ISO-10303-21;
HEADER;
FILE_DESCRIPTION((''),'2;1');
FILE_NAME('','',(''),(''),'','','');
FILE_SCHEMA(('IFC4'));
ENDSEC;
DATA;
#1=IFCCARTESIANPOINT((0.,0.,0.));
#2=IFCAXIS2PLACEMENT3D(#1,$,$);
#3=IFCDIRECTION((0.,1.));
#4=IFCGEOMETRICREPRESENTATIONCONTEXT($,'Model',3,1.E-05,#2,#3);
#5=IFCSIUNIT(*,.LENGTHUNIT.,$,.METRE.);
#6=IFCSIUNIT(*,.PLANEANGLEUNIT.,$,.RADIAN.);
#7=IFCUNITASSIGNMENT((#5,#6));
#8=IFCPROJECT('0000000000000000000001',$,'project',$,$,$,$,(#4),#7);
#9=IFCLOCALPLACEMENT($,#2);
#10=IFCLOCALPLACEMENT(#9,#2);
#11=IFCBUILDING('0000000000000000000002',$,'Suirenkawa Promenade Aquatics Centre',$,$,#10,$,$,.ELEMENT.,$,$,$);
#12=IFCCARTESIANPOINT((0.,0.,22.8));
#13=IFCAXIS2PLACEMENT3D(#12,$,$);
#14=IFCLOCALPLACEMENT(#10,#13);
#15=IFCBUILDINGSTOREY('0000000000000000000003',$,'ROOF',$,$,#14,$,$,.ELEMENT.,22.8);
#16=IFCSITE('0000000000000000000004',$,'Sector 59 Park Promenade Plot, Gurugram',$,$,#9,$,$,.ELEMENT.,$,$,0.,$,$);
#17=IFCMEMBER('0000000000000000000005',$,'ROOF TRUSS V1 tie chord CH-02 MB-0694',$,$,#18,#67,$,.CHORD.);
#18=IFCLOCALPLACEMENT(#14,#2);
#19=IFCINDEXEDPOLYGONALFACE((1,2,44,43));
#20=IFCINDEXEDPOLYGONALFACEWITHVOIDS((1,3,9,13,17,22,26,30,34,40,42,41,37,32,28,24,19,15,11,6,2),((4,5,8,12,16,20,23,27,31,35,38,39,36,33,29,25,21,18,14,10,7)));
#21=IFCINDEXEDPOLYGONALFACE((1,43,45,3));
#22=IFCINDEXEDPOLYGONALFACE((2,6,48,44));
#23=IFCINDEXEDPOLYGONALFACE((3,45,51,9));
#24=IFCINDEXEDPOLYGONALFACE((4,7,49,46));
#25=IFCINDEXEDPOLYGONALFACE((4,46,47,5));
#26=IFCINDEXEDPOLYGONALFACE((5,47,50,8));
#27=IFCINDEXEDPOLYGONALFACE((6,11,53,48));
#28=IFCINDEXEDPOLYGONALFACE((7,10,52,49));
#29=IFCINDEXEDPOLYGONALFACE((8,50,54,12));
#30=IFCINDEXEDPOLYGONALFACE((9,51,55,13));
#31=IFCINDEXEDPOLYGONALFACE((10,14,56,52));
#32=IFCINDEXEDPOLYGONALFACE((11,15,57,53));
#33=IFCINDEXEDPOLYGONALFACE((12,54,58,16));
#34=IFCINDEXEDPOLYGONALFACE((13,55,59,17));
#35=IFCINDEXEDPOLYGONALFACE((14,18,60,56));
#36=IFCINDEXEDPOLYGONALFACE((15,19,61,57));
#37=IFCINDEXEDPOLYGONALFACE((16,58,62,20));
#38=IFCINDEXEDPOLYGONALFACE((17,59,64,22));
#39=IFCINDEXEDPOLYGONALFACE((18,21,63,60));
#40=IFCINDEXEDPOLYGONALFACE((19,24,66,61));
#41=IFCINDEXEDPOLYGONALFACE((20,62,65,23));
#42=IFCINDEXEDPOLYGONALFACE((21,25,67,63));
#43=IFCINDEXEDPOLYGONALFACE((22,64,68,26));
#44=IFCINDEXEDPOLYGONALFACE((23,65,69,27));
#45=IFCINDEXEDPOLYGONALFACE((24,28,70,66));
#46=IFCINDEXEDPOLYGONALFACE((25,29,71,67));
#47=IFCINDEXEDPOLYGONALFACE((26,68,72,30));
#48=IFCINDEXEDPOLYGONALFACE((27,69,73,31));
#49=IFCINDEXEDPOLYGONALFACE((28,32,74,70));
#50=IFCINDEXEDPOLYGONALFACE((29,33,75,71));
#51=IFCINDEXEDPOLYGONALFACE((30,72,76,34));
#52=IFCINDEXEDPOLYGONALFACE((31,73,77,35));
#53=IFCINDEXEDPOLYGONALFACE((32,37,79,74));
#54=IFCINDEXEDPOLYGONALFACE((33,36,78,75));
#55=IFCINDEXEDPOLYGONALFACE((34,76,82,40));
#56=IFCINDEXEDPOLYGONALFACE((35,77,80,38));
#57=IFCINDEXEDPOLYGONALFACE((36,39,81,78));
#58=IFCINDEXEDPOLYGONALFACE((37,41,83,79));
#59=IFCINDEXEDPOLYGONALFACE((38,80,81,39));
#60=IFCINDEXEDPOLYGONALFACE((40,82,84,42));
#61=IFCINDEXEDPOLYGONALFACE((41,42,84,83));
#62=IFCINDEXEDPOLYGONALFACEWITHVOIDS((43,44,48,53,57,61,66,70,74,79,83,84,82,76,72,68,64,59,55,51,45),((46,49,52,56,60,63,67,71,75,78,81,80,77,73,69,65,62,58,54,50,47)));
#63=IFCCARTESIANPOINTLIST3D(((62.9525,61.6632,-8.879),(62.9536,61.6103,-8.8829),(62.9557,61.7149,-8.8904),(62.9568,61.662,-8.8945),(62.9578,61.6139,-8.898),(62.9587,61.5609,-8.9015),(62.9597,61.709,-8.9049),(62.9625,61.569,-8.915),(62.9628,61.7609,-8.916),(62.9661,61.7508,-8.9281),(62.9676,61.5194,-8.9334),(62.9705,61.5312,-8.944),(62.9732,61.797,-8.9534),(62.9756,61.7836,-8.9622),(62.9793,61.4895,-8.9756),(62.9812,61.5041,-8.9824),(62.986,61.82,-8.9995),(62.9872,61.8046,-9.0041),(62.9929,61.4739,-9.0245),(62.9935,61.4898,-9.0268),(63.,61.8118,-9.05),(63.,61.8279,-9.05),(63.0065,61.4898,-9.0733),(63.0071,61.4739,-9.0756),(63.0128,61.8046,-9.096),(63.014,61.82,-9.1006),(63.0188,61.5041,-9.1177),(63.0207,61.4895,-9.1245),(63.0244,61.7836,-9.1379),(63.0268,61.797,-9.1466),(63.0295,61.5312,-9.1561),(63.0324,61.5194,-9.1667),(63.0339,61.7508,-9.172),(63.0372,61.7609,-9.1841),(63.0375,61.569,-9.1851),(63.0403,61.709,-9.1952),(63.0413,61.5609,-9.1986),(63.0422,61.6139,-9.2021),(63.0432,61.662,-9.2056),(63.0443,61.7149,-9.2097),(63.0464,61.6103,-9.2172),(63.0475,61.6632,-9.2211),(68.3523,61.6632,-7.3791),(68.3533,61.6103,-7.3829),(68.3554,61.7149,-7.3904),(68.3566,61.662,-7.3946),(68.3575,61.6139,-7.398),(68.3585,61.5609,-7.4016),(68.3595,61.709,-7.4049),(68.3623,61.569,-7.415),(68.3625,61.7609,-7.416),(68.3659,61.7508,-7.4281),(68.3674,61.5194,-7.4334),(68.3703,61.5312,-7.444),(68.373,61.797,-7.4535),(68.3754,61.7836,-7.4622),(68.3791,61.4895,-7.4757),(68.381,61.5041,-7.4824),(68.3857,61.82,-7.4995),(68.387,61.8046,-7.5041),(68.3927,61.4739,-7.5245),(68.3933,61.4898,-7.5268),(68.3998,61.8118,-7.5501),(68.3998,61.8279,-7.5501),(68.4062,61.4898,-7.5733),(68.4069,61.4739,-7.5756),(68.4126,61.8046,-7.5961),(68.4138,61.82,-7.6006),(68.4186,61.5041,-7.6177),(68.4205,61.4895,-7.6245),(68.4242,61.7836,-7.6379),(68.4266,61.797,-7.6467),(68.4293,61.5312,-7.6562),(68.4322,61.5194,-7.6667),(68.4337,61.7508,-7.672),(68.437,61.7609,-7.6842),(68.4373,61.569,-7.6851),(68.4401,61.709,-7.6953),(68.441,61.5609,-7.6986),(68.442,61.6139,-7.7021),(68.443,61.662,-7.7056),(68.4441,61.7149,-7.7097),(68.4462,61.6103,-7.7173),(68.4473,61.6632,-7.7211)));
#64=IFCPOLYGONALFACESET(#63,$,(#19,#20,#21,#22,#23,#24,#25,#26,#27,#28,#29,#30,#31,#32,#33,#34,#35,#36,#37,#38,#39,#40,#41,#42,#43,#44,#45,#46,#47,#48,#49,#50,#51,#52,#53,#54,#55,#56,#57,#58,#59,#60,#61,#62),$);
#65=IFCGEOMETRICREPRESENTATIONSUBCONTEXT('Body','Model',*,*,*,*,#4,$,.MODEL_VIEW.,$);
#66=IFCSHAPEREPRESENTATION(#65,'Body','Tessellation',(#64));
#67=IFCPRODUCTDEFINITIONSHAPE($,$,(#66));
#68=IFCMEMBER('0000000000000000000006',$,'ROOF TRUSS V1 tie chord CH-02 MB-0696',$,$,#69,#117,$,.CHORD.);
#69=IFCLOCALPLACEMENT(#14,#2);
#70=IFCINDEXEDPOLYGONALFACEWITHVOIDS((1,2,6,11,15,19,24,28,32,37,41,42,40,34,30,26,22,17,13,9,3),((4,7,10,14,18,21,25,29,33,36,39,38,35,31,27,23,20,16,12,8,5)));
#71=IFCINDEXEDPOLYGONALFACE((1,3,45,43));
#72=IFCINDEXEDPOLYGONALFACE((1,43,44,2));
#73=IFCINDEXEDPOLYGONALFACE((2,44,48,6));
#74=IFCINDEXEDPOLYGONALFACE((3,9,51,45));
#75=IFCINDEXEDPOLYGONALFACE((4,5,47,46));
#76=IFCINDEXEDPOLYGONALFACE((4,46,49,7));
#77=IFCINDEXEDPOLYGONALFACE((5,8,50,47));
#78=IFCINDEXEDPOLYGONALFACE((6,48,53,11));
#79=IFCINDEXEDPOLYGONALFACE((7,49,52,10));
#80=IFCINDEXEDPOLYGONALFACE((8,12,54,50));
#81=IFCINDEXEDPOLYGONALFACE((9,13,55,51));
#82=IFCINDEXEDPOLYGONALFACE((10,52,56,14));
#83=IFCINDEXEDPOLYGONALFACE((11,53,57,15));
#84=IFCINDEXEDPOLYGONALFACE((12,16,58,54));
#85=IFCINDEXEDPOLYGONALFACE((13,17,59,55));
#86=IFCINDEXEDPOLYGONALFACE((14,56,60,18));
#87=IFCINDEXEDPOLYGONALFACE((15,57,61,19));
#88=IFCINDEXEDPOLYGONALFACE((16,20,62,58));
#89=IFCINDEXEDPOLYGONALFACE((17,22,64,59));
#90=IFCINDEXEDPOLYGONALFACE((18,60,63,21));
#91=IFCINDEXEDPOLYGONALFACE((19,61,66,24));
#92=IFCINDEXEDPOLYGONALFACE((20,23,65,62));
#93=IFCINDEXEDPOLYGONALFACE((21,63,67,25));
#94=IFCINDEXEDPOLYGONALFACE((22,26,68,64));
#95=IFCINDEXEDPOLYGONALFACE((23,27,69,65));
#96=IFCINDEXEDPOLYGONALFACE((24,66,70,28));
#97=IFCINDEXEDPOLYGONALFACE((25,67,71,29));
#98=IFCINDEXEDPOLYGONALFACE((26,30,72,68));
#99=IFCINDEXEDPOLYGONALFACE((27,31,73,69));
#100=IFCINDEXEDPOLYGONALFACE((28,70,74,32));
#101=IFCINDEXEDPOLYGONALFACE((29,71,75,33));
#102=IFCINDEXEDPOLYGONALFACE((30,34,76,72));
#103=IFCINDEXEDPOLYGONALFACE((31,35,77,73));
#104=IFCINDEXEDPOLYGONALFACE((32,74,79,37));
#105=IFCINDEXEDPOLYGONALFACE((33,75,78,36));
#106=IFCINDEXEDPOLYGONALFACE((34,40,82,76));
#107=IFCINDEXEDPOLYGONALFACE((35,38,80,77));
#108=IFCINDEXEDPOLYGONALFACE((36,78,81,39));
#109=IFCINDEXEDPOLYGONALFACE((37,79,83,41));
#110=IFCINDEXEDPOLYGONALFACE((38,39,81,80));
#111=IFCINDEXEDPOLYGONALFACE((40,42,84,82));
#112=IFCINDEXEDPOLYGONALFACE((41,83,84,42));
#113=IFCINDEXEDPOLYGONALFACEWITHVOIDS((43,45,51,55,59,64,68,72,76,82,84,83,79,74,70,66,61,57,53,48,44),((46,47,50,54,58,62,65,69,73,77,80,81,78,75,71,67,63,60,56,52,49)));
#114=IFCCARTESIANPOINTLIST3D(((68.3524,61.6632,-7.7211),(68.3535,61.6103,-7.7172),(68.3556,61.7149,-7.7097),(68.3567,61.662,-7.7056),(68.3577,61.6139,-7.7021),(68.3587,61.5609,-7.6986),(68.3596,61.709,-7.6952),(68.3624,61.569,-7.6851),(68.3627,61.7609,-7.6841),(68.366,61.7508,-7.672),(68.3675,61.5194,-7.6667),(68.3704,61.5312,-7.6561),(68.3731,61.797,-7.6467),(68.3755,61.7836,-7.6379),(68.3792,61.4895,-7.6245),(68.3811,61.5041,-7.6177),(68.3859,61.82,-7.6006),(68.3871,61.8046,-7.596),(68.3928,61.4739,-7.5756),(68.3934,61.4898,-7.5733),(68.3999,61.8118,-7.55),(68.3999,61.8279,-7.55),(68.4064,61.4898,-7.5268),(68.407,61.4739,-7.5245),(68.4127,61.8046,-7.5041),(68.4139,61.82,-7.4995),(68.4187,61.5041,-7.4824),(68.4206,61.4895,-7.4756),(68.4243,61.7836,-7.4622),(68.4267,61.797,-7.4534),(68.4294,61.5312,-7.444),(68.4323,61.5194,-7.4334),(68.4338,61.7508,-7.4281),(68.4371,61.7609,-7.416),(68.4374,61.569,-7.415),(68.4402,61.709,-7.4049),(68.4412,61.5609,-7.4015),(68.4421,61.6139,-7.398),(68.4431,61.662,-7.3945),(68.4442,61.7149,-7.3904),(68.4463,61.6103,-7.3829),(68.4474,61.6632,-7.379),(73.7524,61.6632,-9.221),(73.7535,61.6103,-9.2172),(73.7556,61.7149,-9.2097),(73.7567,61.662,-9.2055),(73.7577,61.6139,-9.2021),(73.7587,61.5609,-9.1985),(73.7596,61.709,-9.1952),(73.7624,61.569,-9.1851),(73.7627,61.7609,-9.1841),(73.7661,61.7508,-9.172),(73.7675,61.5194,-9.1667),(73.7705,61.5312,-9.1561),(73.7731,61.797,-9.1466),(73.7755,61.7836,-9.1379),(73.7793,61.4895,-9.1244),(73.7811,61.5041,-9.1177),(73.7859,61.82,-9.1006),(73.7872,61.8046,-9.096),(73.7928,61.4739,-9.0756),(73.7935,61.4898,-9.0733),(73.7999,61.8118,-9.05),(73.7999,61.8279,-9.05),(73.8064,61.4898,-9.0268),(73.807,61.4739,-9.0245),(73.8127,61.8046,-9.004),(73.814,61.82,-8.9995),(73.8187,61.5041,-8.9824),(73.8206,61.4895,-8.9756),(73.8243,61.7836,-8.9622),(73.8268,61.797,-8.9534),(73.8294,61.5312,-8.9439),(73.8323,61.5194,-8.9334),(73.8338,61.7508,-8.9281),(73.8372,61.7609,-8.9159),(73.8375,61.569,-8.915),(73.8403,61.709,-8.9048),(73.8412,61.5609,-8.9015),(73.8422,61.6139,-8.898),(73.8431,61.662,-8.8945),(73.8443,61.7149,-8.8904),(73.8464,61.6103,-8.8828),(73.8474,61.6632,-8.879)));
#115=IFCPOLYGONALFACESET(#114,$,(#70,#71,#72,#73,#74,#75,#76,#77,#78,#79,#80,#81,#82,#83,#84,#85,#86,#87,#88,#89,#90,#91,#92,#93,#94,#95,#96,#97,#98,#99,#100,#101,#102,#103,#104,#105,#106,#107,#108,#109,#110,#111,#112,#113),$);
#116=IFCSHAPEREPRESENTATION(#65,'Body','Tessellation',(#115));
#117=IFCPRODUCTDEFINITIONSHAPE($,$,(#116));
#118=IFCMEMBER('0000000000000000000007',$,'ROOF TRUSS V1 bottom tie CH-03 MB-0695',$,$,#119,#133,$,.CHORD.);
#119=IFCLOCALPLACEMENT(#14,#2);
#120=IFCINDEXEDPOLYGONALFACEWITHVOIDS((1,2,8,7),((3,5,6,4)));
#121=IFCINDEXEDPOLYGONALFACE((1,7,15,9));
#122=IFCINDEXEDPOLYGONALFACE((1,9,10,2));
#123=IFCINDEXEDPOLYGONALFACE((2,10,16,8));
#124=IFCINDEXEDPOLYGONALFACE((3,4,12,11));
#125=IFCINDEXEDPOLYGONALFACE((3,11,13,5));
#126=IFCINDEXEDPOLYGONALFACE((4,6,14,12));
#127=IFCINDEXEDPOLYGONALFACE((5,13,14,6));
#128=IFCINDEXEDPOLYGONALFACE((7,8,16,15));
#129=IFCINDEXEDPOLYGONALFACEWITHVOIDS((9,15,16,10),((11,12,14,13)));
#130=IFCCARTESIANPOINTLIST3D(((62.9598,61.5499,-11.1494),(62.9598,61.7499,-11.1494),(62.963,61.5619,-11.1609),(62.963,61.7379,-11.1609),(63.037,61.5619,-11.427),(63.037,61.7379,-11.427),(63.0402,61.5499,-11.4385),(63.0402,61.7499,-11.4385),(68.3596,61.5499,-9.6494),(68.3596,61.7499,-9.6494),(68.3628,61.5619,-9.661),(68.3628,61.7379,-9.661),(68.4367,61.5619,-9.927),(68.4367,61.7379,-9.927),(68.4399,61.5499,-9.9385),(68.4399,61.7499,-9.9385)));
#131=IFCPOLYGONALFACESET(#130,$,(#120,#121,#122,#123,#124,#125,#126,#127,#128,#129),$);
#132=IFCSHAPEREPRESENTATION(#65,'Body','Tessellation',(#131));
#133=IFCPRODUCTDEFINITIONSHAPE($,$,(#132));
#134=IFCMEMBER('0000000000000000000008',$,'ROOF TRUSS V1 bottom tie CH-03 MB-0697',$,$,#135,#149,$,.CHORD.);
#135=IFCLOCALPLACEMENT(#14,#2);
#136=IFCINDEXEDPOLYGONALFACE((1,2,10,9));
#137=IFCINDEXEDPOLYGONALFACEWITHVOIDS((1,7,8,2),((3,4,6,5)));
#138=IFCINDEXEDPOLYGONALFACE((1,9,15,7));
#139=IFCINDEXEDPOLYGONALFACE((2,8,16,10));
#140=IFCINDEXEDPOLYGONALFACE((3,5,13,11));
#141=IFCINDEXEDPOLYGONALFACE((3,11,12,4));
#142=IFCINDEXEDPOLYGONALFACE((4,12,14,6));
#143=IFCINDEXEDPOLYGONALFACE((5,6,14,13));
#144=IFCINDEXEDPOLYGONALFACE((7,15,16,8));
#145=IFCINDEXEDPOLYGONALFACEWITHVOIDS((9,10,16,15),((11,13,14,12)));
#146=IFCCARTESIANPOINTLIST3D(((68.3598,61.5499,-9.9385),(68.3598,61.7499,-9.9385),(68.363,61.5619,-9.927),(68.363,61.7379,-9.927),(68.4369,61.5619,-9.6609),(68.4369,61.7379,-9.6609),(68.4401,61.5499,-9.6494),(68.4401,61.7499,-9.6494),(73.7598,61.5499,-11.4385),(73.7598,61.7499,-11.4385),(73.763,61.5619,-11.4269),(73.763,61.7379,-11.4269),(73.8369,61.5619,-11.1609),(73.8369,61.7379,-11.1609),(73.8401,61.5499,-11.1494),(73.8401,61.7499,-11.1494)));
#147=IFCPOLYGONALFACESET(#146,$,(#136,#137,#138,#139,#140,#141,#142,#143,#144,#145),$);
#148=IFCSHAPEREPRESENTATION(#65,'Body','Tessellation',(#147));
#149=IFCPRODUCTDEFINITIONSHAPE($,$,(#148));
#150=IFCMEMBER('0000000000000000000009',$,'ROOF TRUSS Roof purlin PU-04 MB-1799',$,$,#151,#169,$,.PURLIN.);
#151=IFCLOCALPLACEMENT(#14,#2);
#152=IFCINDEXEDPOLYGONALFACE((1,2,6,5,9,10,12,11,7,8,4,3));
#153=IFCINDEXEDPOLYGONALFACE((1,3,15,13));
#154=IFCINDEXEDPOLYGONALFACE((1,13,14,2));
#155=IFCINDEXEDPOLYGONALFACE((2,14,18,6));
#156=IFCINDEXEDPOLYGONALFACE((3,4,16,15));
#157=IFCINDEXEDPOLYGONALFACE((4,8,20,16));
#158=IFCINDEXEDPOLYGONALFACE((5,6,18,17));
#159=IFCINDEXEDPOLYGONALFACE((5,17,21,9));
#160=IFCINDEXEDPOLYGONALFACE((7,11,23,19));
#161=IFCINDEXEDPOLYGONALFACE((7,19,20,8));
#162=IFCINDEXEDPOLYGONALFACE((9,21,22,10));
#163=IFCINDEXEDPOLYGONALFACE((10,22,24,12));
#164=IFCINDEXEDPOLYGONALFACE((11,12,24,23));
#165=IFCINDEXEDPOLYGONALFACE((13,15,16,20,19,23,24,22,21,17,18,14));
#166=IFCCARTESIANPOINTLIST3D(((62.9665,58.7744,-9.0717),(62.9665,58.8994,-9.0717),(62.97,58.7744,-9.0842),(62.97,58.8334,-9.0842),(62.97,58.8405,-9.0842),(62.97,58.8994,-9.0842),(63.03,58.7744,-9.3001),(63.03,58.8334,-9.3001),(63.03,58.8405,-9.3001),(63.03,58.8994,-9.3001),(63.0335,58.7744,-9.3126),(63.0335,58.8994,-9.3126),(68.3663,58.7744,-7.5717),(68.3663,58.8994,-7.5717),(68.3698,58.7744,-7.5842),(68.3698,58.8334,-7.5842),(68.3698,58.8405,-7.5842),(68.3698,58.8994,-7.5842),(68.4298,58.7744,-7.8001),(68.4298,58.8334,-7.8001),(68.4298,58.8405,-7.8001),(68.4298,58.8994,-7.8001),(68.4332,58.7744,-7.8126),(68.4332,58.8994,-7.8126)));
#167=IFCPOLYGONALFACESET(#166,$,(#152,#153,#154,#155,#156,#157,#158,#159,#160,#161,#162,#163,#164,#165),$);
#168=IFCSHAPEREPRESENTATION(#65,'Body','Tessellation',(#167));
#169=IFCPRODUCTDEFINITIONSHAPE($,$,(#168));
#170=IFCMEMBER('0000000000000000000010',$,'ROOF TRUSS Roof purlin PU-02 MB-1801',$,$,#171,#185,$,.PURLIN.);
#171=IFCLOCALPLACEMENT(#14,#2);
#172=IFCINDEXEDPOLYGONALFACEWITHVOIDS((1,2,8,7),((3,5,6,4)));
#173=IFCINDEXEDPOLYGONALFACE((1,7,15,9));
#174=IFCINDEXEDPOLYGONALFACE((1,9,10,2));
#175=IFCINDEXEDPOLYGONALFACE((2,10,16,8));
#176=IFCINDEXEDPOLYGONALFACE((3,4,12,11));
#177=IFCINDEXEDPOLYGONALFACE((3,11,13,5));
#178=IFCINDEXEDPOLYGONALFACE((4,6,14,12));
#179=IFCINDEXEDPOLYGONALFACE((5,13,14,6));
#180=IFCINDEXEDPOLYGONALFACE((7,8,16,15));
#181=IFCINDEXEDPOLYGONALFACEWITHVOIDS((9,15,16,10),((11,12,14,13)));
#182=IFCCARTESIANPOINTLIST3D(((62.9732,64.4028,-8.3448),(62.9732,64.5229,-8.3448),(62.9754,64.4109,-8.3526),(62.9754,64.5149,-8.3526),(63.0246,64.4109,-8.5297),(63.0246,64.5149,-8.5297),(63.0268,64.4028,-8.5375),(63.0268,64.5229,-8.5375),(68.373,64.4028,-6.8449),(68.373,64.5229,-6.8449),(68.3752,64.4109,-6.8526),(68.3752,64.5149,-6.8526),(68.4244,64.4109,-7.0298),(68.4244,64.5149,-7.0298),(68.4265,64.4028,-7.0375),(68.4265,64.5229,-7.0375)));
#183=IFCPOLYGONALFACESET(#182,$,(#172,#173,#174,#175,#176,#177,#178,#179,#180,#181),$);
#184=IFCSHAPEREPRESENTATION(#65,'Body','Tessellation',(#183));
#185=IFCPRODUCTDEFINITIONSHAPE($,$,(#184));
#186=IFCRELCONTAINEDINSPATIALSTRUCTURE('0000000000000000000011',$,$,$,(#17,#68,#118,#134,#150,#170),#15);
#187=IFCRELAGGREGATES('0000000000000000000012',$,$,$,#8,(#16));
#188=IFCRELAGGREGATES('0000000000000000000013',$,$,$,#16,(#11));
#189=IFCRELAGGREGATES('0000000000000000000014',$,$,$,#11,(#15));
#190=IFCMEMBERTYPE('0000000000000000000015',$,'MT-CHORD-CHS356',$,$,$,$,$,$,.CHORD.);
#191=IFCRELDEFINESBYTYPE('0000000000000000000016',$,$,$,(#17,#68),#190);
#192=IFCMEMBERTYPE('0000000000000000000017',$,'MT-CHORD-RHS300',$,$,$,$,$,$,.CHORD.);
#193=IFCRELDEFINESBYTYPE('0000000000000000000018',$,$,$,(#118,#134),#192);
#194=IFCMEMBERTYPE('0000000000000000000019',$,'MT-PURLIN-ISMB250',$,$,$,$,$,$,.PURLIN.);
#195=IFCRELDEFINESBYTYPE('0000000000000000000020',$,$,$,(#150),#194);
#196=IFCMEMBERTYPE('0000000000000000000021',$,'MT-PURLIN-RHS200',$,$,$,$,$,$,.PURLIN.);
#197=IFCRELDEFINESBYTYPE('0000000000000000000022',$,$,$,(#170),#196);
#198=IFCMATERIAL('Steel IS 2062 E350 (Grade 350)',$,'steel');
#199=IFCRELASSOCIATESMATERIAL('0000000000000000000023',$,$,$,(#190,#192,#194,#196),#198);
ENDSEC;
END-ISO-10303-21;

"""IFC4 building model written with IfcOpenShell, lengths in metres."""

from ifc_helpers import new_model, si_unit, direction, frame, origin, origin_2d, place, context, subcontext, project, spatial, hollow_rectangle, hollow_circle, i_section, extrude, material, material_profile, profile_set, type_object, element, save


model = new_model("IFC4")

# Units and contexts
model_context = context("Model", 3, precision=1e-05, world=origin(), true_north=direction((0.0, 1.0)))
body_context = subcontext(model_context, "Body", "Model", "MODEL_VIEW")
ifc_project = project(units=[si_unit("LENGTHUNIT", "METRE"), si_unit("PLANEANGLEUNIT", "RADIAN")], contexts=[model_context])

# Site, building, storey
site_placement = place(None, origin())
site = spatial("IfcSite", under=ifc_project, at=site_placement, Name="Sector 59 Park Promenade Plot, Gurugram", CompositionType="ELEMENT", RefElevation=0.0)
building_placement = place(site_placement, origin())
building = spatial("IfcBuilding", under=site, at=building_placement, Name="Suirenkawa Promenade Aquatics Centre", CompositionType="ELEMENT")
storey_placement = place(building_placement, frame((0.0, 0.0, 22.8)))
storey = spatial("IfcBuildingStorey", under=building, at=storey_placement, Name="ROOF", CompositionType="ELEMENT", Elevation=22.8)

# Shared definitions
ifc_material = material(Name="Steel IS 2062 E350 (Grade 350)", Category="steel")

# Members
ifc_material_profile_1 = material_profile(ifc_material, hollow_circle(Radius=0.178, WallThickness=0.0161, at=origin_2d()), Name="CHS 356x16", Category="steel")
ifc_profile_set_1 = profile_set([ifc_material_profile_1], Name="Steel IS 2062 E350 (Grade 350)")
member_type_1 = type_object("IfcMemberType", Name="MT-CHORD-CHS356", PredefinedType="CHORD", material=ifc_profile_set_1)
member_1_placement = place(storey_placement, frame((63.0, 61.6499, -9.05), z_axis=(0.963517, 0.0, 0.267648), x_axis=(0.0, 1.0, 0.0)))
element("IfcMember", 1, at=member_1_placement, inside=storey, type_object=member_type_1, Name="ROOF TRUSS V1 tie chord CH-02 MB-0694", PredefinedType="CHORD", context=body_context, shape_type="SweptSolid", body=[
    extrude(hollow_circle(Radius=0.178, WallThickness=0.0161, at=origin_2d()), origin(), (0.0, 0.0, 1.0), 5.6042),
])
member_2_placement = place(storey_placement, frame((68.3999, 61.6499, -7.55), z_axis=(0.96352, 0.0, -0.267637), x_axis=(0.0, 1.0, 0.0)))
element("IfcMember", 2, at=member_2_placement, inside=storey, type_object=member_type_1, Name="ROOF TRUSS V1 tie chord CH-02 MB-0696", PredefinedType="CHORD", context=body_context, shape_type="SweptSolid", body=[
    extrude(hollow_circle(Radius=0.178, WallThickness=0.0161, at=origin_2d()), origin(), (0.0, 0.0, 1.0), 5.6045),
])
ifc_material_profile_2 = material_profile(ifc_material, hollow_rectangle(XDim=0.2, YDim=0.3, WallThickness=0.012, at=origin_2d()), Name="RHS 300x200x12", Category="steel")
ifc_profile_set_2 = profile_set([ifc_material_profile_2], Name="Steel IS 2062 E350 (Grade 350)")
member_type_2 = type_object("IfcMemberType", Name="MT-CHORD-RHS300", PredefinedType="CHORD", material=ifc_profile_set_2)
member_3_placement = place(storey_placement, frame((63.0, 61.6499, -11.2939), z_axis=(0.963517, 0.0, 0.267648), x_axis=(0.0, 1.0, 0.0)))
element("IfcMember", 3, at=member_3_placement, inside=storey, type_object=member_type_2, Name="ROOF TRUSS V1 bottom tie CH-03 MB-0695", PredefinedType="CHORD", context=body_context, shape_type="SweptSolid", body=[
    extrude(hollow_rectangle(XDim=0.2, YDim=0.3, WallThickness=0.012, at=origin_2d()), origin(), (0.0, 0.0, 1.0), 5.6042),
])
member_4_placement = place(storey_placement, frame((68.3999, 61.6499, -9.7939), z_axis=(0.96352, 0.0, -0.267637), x_axis=(0.0, 1.0, 0.0)))
element("IfcMember", 4, at=member_4_placement, inside=storey, type_object=member_type_2, Name="ROOF TRUSS V1 bottom tie CH-03 MB-0697", PredefinedType="CHORD", context=body_context, shape_type="SweptSolid", body=[
    extrude(hollow_rectangle(XDim=0.2, YDim=0.3, WallThickness=0.012, at=origin_2d()), origin(), (0.0, 0.0, 1.0), 5.6045),
])
ifc_material_profile_3 = material_profile(ifc_material, i_section(OverallWidth=0.125, OverallDepth=0.25, WebThickness=0.0071, FlangeThickness=0.0129, at=origin_2d()), Name="ISMB 250", Category="steel")
ifc_profile_set_3 = profile_set([ifc_material_profile_3], Name="Steel IS 2062 E350 (Grade 350)")
member_type_3 = type_object("IfcMemberType", Name="MT-PURLIN-ISMB250", PredefinedType="PURLIN", material=ifc_profile_set_3)
member_5_placement = place(storey_placement, frame((63.0, 58.8369, -9.1921), z_axis=(0.963517, 0.0, 0.267648), x_axis=(0.0, 1.0, 0.0)))
element("IfcMember", 5, at=member_5_placement, inside=storey, type_object=member_type_3, Name="ROOF TRUSS Roof purlin PU-04 MB-1799", PredefinedType="PURLIN", context=body_context, shape_type="SweptSolid", body=[
    extrude(i_section(OverallWidth=0.125, OverallDepth=0.25, WebThickness=0.0071, FlangeThickness=0.0129, at=origin_2d()), origin(), (0.0, 0.0, 1.0), 5.6042),
])
ifc_material_profile_4 = material_profile(ifc_material, hollow_rectangle(XDim=0.1201, YDim=0.2, WallThickness=0.0081, at=origin_2d()), Name="RHS 200x120x8", Category="steel")
ifc_profile_set_4 = profile_set([ifc_material_profile_4], Name="Steel IS 2062 E350 (Grade 350)")
member_type_4 = type_object("IfcMemberType", Name="MT-PURLIN-RHS200", PredefinedType="PURLIN", material=ifc_profile_set_4)
member_6_placement = place(storey_placement, frame((63.0, 64.4629, -8.4412), z_axis=(0.963517, 0.0, 0.267648), x_axis=(0.0, 1.0, 0.0)))
element("IfcMember", 6, at=member_6_placement, inside=storey, type_object=member_type_4, Name="ROOF TRUSS Roof purlin PU-02 MB-1801", PredefinedType="PURLIN", context=body_context, shape_type="SweptSolid", body=[
    extrude(hollow_rectangle(XDim=0.1201, YDim=0.2, WallThickness=0.0081, at=origin_2d()), origin(), (0.0, 0.0, 1.0), 5.6042),
])

save(model, "model.ifc")
